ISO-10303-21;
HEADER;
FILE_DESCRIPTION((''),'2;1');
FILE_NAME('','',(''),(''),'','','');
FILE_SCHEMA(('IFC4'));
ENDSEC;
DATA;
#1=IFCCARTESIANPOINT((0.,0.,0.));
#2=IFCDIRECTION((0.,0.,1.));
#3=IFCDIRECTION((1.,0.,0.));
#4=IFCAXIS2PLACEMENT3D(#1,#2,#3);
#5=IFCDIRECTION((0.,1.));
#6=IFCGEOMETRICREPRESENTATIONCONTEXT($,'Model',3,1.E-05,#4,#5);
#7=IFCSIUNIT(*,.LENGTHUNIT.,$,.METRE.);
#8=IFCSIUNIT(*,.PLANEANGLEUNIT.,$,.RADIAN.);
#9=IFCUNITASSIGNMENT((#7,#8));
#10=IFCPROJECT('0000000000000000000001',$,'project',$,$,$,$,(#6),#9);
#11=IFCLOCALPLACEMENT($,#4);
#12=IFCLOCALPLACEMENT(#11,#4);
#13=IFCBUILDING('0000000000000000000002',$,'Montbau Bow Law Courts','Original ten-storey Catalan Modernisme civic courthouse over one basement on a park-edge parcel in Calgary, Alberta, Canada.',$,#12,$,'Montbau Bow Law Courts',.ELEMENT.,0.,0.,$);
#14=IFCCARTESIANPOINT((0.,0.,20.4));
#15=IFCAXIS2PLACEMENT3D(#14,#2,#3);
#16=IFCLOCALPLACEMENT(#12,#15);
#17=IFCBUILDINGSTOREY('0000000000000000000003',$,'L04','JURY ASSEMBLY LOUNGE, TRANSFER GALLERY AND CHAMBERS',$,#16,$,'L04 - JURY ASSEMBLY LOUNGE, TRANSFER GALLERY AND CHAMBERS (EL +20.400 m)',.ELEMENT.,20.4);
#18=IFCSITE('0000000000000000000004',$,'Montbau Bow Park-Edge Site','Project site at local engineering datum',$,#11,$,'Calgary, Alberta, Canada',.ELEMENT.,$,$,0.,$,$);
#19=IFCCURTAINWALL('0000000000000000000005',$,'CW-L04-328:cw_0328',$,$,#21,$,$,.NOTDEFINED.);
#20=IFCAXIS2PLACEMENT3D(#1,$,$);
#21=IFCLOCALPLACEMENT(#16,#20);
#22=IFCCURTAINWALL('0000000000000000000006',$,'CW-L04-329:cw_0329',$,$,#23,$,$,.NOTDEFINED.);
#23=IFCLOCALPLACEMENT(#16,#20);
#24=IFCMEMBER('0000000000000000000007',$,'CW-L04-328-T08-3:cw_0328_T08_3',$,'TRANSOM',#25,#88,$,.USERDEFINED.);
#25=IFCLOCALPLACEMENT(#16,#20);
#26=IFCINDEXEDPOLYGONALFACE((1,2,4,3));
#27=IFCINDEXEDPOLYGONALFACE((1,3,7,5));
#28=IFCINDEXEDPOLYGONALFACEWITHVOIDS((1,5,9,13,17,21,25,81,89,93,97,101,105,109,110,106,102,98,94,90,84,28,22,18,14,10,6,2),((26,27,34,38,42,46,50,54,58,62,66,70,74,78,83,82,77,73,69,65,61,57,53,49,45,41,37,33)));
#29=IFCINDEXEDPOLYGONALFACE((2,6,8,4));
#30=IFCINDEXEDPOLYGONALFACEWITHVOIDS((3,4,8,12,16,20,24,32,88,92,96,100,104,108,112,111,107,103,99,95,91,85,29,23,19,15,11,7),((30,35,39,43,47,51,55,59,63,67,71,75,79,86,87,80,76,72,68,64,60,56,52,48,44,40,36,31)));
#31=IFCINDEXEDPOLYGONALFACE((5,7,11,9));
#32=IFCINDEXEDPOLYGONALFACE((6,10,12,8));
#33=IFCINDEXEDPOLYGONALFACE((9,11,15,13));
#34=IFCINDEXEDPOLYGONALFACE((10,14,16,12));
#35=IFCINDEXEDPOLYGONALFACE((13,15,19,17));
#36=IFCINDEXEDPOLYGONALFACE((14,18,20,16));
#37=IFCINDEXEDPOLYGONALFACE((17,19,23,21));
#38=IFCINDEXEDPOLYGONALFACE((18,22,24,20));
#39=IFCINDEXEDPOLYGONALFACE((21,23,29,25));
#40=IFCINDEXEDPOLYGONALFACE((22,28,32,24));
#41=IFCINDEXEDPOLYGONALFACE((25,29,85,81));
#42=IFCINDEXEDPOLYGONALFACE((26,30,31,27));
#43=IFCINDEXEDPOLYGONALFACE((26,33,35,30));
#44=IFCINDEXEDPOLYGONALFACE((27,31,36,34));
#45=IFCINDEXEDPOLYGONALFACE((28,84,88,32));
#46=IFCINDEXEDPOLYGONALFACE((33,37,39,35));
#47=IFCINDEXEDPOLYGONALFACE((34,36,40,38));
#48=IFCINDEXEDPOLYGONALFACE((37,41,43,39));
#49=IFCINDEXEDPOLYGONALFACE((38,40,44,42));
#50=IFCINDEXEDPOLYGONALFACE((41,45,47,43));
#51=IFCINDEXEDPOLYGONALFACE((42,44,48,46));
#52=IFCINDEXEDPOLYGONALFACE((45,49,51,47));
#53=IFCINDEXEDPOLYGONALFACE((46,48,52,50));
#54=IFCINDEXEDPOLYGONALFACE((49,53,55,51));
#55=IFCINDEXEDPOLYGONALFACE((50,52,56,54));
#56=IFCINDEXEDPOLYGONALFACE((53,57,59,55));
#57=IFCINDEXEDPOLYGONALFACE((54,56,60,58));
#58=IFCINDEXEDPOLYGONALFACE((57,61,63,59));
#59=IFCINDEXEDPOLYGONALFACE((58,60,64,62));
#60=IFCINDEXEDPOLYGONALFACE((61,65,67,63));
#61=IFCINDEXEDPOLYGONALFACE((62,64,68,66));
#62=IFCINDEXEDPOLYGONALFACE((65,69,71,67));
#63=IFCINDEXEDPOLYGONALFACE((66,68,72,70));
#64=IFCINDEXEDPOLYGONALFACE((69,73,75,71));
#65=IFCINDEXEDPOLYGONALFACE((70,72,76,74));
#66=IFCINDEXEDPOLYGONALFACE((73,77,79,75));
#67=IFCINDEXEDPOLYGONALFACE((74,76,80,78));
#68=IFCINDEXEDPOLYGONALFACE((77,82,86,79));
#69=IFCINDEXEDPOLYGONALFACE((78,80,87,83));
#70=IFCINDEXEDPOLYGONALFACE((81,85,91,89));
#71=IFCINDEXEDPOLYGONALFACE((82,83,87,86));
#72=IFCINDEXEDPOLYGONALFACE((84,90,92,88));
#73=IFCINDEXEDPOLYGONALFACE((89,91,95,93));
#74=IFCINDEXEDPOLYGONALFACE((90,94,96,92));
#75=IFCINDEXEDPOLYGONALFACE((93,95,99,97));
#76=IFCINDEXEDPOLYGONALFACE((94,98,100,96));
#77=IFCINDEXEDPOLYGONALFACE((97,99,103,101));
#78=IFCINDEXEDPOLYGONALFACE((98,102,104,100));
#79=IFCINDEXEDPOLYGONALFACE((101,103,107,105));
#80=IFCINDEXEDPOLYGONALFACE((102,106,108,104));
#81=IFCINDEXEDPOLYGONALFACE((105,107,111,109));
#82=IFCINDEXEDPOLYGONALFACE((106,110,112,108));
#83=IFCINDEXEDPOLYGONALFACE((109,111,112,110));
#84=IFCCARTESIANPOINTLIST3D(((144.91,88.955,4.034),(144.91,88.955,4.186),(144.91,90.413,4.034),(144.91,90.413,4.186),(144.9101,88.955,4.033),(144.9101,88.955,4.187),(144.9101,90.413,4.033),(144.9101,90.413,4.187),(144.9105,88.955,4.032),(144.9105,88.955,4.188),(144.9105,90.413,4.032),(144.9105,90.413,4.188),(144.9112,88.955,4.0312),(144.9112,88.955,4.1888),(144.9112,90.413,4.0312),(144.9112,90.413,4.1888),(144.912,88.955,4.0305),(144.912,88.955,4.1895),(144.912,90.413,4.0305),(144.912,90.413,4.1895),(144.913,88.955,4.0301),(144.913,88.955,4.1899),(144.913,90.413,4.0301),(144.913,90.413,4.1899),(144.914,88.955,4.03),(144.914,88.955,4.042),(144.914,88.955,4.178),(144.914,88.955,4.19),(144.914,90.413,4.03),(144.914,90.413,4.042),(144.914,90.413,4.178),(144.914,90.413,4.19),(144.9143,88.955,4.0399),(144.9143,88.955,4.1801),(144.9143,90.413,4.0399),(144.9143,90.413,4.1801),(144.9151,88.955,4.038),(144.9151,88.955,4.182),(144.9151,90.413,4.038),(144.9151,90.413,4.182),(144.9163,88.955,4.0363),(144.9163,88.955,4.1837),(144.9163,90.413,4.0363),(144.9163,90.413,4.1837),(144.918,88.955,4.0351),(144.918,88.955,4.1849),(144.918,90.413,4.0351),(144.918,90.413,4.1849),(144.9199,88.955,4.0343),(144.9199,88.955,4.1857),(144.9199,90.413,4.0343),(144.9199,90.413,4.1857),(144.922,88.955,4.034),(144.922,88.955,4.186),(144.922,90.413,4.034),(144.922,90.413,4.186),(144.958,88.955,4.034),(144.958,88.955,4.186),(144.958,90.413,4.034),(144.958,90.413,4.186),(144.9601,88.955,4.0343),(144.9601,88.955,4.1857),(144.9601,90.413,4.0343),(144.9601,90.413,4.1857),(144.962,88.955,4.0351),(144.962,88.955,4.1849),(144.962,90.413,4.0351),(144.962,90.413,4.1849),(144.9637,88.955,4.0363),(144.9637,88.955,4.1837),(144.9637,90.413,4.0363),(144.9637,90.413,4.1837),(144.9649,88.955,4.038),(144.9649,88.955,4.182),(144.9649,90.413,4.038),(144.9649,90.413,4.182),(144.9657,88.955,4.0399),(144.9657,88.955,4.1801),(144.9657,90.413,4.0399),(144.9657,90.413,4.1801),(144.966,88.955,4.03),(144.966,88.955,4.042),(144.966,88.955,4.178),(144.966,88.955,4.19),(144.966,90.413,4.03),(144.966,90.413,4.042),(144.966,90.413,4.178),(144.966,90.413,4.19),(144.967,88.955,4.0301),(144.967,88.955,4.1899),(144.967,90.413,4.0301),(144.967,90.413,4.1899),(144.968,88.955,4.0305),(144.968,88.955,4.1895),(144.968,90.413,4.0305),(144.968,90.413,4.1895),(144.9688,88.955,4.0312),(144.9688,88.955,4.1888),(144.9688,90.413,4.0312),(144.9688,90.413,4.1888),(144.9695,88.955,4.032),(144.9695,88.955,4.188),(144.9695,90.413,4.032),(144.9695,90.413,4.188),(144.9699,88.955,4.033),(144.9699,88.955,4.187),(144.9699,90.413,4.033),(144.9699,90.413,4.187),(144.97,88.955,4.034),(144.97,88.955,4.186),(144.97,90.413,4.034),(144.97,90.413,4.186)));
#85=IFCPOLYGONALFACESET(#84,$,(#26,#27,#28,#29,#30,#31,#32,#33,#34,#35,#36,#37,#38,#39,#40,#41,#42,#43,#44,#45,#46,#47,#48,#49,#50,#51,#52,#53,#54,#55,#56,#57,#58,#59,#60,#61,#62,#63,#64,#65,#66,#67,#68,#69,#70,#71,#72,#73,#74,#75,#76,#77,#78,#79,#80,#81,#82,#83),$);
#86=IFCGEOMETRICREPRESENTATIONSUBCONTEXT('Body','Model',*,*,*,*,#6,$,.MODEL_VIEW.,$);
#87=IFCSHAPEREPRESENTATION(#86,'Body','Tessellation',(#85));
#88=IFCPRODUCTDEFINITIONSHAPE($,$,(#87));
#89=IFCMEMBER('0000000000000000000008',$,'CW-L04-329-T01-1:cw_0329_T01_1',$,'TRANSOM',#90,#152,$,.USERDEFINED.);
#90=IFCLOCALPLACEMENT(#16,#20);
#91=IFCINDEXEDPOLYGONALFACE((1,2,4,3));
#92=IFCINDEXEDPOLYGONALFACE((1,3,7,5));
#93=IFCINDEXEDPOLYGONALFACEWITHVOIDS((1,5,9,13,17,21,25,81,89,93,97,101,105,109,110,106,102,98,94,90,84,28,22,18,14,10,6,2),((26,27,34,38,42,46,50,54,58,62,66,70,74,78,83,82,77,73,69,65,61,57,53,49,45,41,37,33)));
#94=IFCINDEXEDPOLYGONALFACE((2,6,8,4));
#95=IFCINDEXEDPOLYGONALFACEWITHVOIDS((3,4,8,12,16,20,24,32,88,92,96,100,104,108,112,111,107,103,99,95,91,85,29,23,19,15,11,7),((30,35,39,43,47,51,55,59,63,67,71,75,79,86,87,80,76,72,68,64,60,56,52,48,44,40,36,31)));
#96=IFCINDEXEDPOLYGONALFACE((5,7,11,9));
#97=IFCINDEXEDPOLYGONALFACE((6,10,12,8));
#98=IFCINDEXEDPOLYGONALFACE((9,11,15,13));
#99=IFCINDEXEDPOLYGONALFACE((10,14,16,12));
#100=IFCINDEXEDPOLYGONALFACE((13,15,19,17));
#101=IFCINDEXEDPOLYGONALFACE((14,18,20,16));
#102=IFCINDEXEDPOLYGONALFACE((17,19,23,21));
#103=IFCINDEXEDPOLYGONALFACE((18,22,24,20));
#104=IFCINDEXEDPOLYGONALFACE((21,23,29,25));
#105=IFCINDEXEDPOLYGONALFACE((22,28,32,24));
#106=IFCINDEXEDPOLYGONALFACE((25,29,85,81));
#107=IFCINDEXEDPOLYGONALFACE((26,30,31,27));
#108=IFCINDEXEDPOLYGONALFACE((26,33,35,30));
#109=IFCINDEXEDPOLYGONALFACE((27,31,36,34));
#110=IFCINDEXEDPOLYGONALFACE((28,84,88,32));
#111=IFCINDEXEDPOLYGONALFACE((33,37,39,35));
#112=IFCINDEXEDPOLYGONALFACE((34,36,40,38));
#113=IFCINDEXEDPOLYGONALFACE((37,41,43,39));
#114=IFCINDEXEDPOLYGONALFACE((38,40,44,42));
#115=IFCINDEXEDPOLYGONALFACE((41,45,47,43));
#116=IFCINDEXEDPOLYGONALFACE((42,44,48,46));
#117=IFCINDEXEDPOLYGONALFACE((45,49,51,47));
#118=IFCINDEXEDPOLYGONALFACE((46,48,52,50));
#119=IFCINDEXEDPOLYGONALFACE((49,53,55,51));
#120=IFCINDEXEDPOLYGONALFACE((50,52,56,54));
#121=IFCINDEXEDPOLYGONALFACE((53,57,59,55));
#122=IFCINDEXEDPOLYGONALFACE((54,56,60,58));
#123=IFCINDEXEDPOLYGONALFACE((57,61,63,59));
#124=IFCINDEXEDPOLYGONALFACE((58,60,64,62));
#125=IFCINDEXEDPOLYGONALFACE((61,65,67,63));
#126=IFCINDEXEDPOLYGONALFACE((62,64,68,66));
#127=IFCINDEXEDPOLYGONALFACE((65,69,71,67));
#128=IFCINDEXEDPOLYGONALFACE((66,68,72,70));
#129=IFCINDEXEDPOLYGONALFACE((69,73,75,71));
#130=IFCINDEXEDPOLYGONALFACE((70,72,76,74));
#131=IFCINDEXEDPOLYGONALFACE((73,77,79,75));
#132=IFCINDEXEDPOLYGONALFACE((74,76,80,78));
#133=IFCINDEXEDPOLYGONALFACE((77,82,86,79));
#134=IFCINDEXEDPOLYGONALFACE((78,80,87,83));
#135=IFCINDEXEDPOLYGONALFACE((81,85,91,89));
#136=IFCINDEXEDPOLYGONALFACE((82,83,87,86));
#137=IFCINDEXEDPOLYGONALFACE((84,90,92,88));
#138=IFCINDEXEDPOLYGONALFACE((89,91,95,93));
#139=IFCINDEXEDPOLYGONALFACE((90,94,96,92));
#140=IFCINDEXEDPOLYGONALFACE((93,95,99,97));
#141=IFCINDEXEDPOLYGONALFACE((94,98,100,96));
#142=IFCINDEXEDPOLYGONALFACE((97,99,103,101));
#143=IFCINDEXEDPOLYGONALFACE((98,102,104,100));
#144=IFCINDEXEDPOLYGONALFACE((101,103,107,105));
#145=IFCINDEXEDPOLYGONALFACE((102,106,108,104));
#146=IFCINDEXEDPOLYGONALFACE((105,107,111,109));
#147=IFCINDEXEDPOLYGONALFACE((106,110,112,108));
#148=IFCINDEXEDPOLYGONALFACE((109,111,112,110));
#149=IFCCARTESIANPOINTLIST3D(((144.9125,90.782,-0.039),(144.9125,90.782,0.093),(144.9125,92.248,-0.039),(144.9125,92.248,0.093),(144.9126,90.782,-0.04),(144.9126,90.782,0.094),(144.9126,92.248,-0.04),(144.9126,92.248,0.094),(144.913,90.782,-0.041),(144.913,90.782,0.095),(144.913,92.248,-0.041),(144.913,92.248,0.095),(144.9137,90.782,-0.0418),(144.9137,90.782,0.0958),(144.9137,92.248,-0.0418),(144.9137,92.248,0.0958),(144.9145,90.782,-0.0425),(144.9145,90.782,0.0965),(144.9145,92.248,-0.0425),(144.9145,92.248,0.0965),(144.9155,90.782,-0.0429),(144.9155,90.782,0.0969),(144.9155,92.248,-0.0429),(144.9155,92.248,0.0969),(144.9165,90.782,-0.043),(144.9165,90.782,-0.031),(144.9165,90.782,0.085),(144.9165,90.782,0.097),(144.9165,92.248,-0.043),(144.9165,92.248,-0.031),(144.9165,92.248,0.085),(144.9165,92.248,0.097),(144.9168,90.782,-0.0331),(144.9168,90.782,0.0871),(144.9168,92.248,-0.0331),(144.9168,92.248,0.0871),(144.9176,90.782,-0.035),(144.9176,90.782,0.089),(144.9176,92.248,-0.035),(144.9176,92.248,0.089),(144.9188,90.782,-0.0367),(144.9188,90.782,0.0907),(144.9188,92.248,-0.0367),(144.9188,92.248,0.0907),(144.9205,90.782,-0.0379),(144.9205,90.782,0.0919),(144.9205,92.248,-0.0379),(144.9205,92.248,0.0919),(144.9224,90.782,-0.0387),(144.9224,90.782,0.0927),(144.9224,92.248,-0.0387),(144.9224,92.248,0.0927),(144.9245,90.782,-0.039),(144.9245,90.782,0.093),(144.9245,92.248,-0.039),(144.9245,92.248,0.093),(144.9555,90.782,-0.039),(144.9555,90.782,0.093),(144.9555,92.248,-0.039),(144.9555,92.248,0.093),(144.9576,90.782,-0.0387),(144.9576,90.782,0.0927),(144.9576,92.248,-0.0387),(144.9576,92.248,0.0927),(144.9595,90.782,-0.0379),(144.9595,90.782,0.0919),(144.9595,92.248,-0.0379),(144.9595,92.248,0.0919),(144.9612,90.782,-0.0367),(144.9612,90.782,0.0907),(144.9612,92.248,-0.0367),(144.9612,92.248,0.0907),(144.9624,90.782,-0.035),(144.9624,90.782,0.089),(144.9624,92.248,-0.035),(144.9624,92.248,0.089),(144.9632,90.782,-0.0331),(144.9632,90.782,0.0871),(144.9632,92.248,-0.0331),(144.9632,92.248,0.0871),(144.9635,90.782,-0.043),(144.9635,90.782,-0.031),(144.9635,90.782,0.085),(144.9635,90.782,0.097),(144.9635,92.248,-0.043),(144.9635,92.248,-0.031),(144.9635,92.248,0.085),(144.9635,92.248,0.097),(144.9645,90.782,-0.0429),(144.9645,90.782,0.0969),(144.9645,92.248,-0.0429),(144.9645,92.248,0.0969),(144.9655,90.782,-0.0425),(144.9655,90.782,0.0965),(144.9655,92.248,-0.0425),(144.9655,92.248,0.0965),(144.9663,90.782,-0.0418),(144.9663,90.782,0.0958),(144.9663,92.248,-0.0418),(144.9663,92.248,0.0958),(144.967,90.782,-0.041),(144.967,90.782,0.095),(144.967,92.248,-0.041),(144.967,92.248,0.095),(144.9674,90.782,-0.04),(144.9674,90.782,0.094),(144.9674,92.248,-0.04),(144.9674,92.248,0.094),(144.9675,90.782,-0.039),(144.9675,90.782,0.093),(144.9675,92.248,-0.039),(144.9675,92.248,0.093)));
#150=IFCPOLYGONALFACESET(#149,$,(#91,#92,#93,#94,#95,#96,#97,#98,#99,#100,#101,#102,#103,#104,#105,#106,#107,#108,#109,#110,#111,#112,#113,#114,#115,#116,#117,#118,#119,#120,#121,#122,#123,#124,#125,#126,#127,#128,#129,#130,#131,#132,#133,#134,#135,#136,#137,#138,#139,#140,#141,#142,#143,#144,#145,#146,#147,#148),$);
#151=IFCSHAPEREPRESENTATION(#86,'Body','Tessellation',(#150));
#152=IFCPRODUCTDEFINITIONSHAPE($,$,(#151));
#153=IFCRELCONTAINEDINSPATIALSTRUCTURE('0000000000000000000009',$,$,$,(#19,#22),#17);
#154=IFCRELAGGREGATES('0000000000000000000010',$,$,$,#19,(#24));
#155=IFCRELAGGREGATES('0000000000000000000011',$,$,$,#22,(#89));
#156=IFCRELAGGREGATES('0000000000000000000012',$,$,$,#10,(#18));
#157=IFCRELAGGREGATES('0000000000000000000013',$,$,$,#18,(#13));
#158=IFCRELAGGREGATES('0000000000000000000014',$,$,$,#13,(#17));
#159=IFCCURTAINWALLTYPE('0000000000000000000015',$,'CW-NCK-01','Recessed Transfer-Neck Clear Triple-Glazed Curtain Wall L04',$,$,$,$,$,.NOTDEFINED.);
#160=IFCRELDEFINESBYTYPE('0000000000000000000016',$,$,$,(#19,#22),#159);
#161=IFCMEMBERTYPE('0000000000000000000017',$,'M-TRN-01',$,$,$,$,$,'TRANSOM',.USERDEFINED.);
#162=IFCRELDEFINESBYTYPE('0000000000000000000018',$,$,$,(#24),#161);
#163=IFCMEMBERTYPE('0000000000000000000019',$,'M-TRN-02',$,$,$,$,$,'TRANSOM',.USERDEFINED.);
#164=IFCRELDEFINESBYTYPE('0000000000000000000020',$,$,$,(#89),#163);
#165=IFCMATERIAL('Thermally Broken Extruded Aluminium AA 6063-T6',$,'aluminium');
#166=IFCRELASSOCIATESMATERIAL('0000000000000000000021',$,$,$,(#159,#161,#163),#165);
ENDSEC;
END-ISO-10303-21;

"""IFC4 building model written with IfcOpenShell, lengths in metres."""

from ifc_helpers import new_model, si_unit, direction, frame, origin_with_axes, origin_2d_with_axis, place, context, subcontext, project, spatial, hollow_rectangle, extrude, material, material_profile, profile_set, type_object, element, aggregate, save


model = new_model("IFC4")

# Units and contexts
model_context = context("Model", 3, precision=1e-05, world=origin_with_axes(), true_north=direction((0.0, 1.0)))
body_context = subcontext(model_context, "Body", "Model", "MODEL_VIEW")
ifc_project = project(units=[si_unit("LENGTHUNIT", "METRE"), si_unit("PLANEANGLEUNIT", "RADIAN")], contexts=[model_context])

# Site, building, storey
site_placement = place(None, origin_with_axes())
site = spatial("IfcSite", under=ifc_project, at=site_placement, Name="Montbau Bow Park-Edge Site", Description="Project site at local engineering datum", LongName="Calgary, Alberta, Canada", CompositionType="ELEMENT", RefElevation=0.0)
building_placement = place(site_placement, origin_with_axes())
building = spatial("IfcBuilding", under=site, at=building_placement, Name="Montbau Bow Law Courts", Description="Original ten-storey Catalan Modernisme civic courthouse over one basement on a park-edge parcel in Calgary, Alberta, Canada.", LongName="Montbau Bow Law Courts", CompositionType="ELEMENT", ElevationOfRefHeight=0.0, ElevationOfTerrain=0.0)
storey_placement = place(building_placement, frame((0.0, 0.0, 20.4), z_axis=(0.0, 0.0, 1.0), x_axis=(1.0, 0.0, 0.0)))
storey = spatial("IfcBuildingStorey", under=building, at=storey_placement, Name="L04", Description="JURY ASSEMBLY LOUNGE, TRANSFER GALLERY AND CHAMBERS", LongName="L04 - JURY ASSEMBLY LOUNGE, TRANSFER GALLERY AND CHAMBERS (EL +20.400 m)", CompositionType="ELEMENT", Elevation=20.4)

# Curtain wall
ifc_material_1 = material(Name="Thermally Broken Extruded Aluminium AA 6063-T6", Category="aluminium")
curtain_wall_type = type_object("IfcCurtainWallType", Name="CW-NCK-01", Description="Recessed Transfer-Neck Clear Triple-Glazed Curtain Wall L04", PredefinedType="NOTDEFINED", material=ifc_material_1)
curtain_wall_1_placement = place(None, frame((144.94, 78.0, 20.4), z_axis=(0.0, 0.0, 1.0), x_axis=(1.0, 0.0, 0.0)))
curtain_wall_1 = element("IfcCurtainWall", 1, at=curtain_wall_1_placement, inside=storey, type_object=curtain_wall_type, Name="CW-L04-328:cw_0328", PredefinedType="NOTDEFINED")

# Curtain wall
curtain_wall_2_placement = place(None, frame((144.94, 90.72, 20.4), z_axis=(0.0, 0.0, 1.0), x_axis=(1.0, 0.0, 0.0)))
curtain_wall_2 = element("IfcCurtainWall", 2, at=curtain_wall_2_placement, inside=storey, type_object=curtain_wall_type, Name="CW-L04-329:cw_0329", PredefinedType="NOTDEFINED")

# Members
ifc_material_profile_1 = material_profile(ifc_material_1, hollow_rectangle(XDim=0.06, YDim=0.16, WallThickness=0.004, InnerFilletRadius=0.008, OuterFilletRadius=0.004, at=origin_2d_with_axis()), Name="CWT-160X60", Category="Main", Priority=0)
ifc_profile_set_1 = profile_set([ifc_material_profile_1], Name="Thermally Broken Extruded Aluminium AA 6063-T6")
member_type_1 = type_object("IfcMemberType", Name="M-TRN-01", ElementType="TRANSOM", PredefinedType="USERDEFINED", material=ifc_profile_set_1)
member_1_placement = place(None, frame((144.94, 88.955, 24.51), z_axis=(0.0, 1.0, 0.0), x_axis=(-1.0, 0.0, 0.0)))
member_1 = element("IfcMember", 3, at=member_1_placement, type_object=member_type_1, Name="CW-L04-328-T08-3:cw_0328_T08_3", ObjectType="TRANSOM", PredefinedType="USERDEFINED", context=body_context, shape_type="SweptSolid", body=[
    extrude(hollow_rectangle(XDim=0.06, YDim=0.16, WallThickness=0.004, InnerFilletRadius=0.008, OuterFilletRadius=0.004, at=origin_2d_with_axis()), origin_with_axes(), (0.0, 0.0, 1.0), 1.458),
])
aggregate(curtain_wall_1, [member_1])
ifc_material_profile_2 = material_profile(ifc_material_1, hollow_rectangle(XDim=0.055, YDim=0.14, WallThickness=0.004, InnerFilletRadius=0.008, OuterFilletRadius=0.004, at=origin_2d_with_axis()), Name="CWT-140X55", Category="Main", Priority=0)
ifc_profile_set_2 = profile_set([ifc_material_profile_2], Name="Thermally Broken Extruded Aluminium AA 6063-T6")
member_type_2 = type_object("IfcMemberType", Name="M-TRN-02", ElementType="TRANSOM", PredefinedType="USERDEFINED", material=ifc_profile_set_2)
member_2_placement = place(None, frame((144.94, 90.782, 20.427), z_axis=(0.0, 1.0, 0.0), x_axis=(-1.0, 0.0, 0.0)))
member_2 = element("IfcMember", 4, at=member_2_placement, type_object=member_type_2, Name="CW-L04-329-T01-1:cw_0329_T01_1", ObjectType="TRANSOM", PredefinedType="USERDEFINED", context=body_context, shape_type="SweptSolid", body=[
    extrude(hollow_rectangle(XDim=0.055, YDim=0.14, WallThickness=0.004, InnerFilletRadius=0.008, OuterFilletRadius=0.004, at=origin_2d_with_axis()), origin_with_axes(), (0.0, 0.0, 1.0), 1.466),
])

aggregate(curtain_wall_2, [member_2])

save(model, "model.ifc")
